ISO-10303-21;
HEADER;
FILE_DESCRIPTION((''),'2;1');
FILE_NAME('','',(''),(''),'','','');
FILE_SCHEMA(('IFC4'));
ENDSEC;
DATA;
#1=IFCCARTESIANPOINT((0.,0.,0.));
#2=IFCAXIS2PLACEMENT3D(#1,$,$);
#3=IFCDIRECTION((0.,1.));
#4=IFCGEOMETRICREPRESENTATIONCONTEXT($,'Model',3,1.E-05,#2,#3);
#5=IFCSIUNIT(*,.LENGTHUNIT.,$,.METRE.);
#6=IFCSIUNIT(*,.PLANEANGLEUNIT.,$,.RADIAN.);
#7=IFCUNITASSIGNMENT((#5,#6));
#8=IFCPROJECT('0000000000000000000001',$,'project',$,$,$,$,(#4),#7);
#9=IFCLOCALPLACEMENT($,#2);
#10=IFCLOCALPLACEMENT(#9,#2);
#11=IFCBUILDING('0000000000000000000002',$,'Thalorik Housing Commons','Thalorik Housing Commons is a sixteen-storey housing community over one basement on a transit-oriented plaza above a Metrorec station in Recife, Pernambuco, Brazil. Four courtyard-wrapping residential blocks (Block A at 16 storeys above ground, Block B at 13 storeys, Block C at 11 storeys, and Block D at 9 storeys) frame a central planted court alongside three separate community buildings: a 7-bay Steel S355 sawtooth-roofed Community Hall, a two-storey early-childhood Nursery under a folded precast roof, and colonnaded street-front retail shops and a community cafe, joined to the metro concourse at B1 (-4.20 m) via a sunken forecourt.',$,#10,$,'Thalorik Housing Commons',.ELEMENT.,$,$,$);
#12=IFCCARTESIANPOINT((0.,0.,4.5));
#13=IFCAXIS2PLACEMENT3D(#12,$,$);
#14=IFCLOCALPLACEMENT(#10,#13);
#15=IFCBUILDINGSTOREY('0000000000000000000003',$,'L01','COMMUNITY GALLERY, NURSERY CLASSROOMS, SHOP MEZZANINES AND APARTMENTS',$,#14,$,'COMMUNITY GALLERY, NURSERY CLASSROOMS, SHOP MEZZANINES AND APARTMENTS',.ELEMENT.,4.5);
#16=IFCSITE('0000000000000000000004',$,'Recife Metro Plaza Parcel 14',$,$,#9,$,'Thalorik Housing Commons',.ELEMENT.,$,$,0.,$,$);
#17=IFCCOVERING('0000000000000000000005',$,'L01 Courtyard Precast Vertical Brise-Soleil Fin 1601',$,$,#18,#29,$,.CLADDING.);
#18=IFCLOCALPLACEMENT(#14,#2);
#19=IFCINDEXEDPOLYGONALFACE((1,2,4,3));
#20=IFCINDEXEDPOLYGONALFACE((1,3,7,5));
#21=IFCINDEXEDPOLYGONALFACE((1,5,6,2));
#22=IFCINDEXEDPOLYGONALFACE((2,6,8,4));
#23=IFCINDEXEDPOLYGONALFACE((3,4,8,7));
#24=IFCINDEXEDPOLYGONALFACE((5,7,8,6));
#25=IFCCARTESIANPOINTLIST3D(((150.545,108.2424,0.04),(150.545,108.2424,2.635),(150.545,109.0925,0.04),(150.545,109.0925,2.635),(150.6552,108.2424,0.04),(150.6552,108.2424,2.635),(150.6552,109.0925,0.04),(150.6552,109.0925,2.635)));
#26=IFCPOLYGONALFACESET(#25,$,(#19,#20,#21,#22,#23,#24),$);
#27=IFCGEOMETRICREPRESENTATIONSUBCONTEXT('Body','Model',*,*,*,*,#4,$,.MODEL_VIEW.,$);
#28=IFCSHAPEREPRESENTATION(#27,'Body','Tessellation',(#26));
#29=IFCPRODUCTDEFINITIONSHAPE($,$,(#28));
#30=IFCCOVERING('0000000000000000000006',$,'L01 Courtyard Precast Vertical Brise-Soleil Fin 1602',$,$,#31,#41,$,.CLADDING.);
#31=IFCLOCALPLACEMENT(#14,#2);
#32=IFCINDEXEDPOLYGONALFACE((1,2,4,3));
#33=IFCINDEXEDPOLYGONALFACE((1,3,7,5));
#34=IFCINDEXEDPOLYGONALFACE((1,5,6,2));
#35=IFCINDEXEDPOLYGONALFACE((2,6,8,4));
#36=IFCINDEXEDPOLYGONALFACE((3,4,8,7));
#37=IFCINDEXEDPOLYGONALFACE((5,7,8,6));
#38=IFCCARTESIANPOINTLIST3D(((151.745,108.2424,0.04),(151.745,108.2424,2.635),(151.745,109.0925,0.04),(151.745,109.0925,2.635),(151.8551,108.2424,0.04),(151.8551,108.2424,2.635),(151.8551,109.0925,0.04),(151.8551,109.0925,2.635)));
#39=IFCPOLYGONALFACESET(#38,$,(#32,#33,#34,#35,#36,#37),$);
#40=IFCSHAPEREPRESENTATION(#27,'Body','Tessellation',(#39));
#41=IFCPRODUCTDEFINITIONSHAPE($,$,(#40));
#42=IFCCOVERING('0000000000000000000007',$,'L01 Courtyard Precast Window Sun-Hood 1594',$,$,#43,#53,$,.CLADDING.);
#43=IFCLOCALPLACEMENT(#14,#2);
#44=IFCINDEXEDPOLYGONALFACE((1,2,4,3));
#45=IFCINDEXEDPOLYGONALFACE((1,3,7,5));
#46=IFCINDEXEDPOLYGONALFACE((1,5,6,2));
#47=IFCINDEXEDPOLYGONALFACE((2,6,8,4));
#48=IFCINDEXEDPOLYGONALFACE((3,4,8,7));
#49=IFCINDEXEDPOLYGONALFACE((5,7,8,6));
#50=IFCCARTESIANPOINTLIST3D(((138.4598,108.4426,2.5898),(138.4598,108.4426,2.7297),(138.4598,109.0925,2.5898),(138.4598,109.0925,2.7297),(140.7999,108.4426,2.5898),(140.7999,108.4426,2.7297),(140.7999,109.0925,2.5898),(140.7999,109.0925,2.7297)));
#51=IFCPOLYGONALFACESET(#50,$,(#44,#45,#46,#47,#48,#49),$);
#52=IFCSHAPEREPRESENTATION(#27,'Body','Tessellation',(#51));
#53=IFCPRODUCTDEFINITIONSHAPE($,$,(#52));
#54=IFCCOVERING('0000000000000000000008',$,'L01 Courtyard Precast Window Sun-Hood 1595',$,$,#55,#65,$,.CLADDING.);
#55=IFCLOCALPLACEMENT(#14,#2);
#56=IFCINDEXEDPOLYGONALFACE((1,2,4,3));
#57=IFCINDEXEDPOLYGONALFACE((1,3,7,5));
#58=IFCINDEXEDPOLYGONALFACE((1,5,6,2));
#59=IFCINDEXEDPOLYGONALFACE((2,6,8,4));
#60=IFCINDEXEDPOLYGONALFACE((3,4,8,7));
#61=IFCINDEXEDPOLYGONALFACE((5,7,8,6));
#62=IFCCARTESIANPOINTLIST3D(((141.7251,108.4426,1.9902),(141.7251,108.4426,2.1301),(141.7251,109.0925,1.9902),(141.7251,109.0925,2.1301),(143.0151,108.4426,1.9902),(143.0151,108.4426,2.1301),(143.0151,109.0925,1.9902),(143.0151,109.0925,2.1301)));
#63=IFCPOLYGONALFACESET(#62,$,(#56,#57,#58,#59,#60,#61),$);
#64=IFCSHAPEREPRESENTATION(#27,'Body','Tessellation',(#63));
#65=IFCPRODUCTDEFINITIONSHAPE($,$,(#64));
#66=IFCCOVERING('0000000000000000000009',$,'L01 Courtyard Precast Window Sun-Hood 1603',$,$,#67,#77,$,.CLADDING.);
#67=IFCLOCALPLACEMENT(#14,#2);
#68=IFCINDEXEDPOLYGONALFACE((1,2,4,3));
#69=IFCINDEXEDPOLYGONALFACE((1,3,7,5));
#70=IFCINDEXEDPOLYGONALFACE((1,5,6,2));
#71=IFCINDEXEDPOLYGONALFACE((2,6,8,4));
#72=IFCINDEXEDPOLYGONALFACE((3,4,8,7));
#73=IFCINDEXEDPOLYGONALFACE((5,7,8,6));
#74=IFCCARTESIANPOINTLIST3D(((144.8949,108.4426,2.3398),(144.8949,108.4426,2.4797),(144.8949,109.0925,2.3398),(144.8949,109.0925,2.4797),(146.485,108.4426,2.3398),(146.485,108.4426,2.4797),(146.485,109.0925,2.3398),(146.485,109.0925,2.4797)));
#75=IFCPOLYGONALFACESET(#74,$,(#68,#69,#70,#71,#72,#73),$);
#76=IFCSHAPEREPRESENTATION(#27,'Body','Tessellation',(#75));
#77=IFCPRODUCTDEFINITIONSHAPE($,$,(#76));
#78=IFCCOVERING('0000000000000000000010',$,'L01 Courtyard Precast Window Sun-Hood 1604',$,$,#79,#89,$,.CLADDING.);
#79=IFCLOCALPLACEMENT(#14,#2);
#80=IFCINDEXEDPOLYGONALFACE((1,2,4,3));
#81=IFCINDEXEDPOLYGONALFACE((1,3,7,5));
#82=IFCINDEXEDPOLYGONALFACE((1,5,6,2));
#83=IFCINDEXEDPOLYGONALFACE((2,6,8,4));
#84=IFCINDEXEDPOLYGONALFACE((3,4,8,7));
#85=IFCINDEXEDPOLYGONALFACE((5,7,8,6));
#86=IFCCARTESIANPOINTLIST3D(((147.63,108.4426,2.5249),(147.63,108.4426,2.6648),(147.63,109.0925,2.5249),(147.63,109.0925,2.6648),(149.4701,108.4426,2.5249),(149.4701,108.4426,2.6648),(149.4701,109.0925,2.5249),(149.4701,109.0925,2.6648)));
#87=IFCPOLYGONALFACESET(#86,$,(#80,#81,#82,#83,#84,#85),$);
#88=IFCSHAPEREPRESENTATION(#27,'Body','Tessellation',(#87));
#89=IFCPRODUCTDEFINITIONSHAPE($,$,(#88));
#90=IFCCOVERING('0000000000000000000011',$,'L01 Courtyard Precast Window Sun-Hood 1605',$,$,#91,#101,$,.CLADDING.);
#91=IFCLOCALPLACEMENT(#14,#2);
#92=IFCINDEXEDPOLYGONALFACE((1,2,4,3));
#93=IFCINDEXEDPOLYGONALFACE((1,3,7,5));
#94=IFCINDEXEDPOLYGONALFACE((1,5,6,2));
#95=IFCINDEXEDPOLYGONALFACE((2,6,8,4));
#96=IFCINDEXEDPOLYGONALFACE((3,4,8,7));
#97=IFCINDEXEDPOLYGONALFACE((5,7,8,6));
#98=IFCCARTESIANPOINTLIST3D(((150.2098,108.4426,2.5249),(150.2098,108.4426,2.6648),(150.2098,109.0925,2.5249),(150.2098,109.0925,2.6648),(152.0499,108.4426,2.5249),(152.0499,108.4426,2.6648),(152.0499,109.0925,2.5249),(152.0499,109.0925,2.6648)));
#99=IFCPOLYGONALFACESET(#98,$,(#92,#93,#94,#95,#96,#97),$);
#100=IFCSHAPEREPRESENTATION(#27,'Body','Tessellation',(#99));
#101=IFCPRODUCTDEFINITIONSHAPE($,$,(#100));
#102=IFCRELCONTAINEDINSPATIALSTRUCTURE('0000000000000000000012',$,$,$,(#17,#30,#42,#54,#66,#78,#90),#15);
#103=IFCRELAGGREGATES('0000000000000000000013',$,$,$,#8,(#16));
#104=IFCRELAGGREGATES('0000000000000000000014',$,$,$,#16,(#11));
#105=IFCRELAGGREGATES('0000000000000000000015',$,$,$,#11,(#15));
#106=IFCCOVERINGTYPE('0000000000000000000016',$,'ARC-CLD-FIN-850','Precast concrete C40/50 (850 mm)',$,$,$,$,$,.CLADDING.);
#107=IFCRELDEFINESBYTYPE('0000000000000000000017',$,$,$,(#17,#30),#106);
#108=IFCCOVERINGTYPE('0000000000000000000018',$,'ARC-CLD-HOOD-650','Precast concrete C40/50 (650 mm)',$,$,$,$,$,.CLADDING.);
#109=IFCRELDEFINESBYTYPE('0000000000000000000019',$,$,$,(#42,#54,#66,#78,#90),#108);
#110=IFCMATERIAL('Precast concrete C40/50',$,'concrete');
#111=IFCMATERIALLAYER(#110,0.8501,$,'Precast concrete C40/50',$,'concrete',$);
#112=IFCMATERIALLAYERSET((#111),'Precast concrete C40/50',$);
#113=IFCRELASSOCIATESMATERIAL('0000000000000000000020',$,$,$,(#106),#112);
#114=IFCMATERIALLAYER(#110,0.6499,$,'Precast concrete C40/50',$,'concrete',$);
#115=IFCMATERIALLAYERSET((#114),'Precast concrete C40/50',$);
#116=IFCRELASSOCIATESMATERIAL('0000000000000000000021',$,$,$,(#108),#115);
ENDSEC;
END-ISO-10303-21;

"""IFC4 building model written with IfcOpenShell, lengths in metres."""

from ifc_helpers import new_model, si_unit, direction, frame, origin, origin_2d, place, context, subcontext, project, spatial, rectangle, extrude, material, layer, layer_set, type_object, element, save


model = new_model("IFC4")

# Units and contexts
model_context = context("Model", 3, precision=1e-05, world=origin(), true_north=direction((0.0, 1.0)))
body_context = subcontext(model_context, "Body", "Model", "MODEL_VIEW")
ifc_project = project(units=[si_unit("LENGTHUNIT", "METRE"), si_unit("PLANEANGLEUNIT", "RADIAN")], contexts=[model_context])

# Site, building, storey
site_placement = place(None, origin())
site = spatial("IfcSite", under=ifc_project, at=site_placement, Name="Recife Metro Plaza Parcel 14", LongName="Thalorik Housing Commons", CompositionType="ELEMENT", RefElevation=0.0)
building_placement = place(site_placement, origin())
building = spatial("IfcBuilding", under=site, at=building_placement, Name="Thalorik Housing Commons", Description="Thalorik Housing Commons is a sixteen-storey housing community over one basement on a transit-oriented plaza above a Metrorec station in Recife, Pernambuco, Brazil. Four courtyard-wrapping residential blocks (Block A at 16 storeys above ground, Block B at 13 storeys, Block C at 11 storeys, and Block D at 9 storeys) frame a central planted court alongside three separate community buildings: a 7-bay Steel S355 sawtooth-roofed Community Hall, a two-storey early-childhood Nursery under a folded precast roof, and colonnaded street-front retail shops and a community cafe, joined to the metro concourse at B1 (-4.20 m) via a sunken forecourt.", LongName="Thalorik Housing Commons", CompositionType="ELEMENT")
storey_placement = place(building_placement, frame((0.0, 0.0, 4.5)))
storey = spatial("IfcBuildingStorey", under=building, at=storey_placement, Name="L01", Description="COMMUNITY GALLERY, NURSERY CLASSROOMS, SHOP MEZZANINES AND APARTMENTS", LongName="COMMUNITY GALLERY, NURSERY CLASSROOMS, SHOP MEZZANINES AND APARTMENTS", CompositionType="ELEMENT", Elevation=4.5)

# Shared definitions
ifc_material_1 = material(Name="Precast concrete C40/50", Category="concrete")

# Coverings
ifc_layer_1 = layer(ifc_material_1, 0.8501, Name="Precast concrete C40/50", Category="concrete")
ifc_layer_set_1 = layer_set([ifc_layer_1], Name="Precast concrete C40/50")
covering_type_1 = type_object("IfcCoveringType", Name="ARC-CLD-FIN-850", Description="Precast concrete C40/50 (850 mm)", PredefinedType="CLADDING", material=ifc_layer_set_1)
for number, where, z_axis, x_axis, name in (
    (1, (150.6001, 108.6675, 0.04), (0.0, 0.0, 1.0), (1.0, 0.0, 0.0), "L01 Courtyard Precast Vertical Brise-Soleil Fin 1601"),
    (2, (151.8, 108.6675, 0.04), (0.0, 0.0, 1.0), (1.0, 0.0, 0.0), "L01 Courtyard Precast Vertical Brise-Soleil Fin 1602"),
):
    element("IfcCovering", number, at=place(storey_placement, frame(where, z_axis=z_axis, x_axis=x_axis)), inside=storey, type_object=covering_type_1, Name=name, PredefinedType="CLADDING", context=body_context, shape_type="SweptSolid", body=[
        extrude(rectangle(XDim=0.1101, YDim=0.8501, at=origin_2d()), origin(), (0.0, 0.0, 1.0), 2.595),
    ])
ifc_layer_2 = layer(ifc_material_1, 0.6499, Name="Precast concrete C40/50", Category="concrete")
ifc_layer_set_2 = layer_set([ifc_layer_2], Name="Precast concrete C40/50")
covering_type_2 = type_object("IfcCoveringType", Name="ARC-CLD-HOOD-650", Description="Precast concrete C40/50 (650 mm)", PredefinedType="CLADDING", material=ifc_layer_set_2)
covering_1_placement = place(storey_placement, frame((139.6299, 108.7676, 2.5898), z_axis=(0.0, 0.0, 1.0), x_axis=(1.0, 0.0, 0.0)))
element("IfcCovering", 3, at=covering_1_placement, inside=storey, type_object=covering_type_2, Name="L01 Courtyard Precast Window Sun-Hood 1594", PredefinedType="CLADDING", context=body_context, shape_type="SweptSolid", body=[
    extrude(rectangle(XDim=2.3401, YDim=0.6499, at=origin_2d()), origin(), (0.0, 0.0, 1.0), 0.1399),
])
covering_2_placement = place(storey_placement, frame((142.3701, 108.7676, 1.9902), z_axis=(0.0, 0.0, 1.0), x_axis=(1.0, 0.0, 0.0)))
element("IfcCovering", 4, at=covering_2_placement, inside=storey, type_object=covering_type_2, Name="L01 Courtyard Precast Window Sun-Hood 1595", PredefinedType="CLADDING", context=body_context, shape_type="SweptSolid", body=[
    extrude(rectangle(XDim=1.29, YDim=0.6499, at=origin_2d()), origin(), (0.0, 0.0, 1.0), 0.1399),
])
covering_3_placement = place(storey_placement, frame((145.6899, 108.7676, 2.3398), z_axis=(0.0, 0.0, 1.0), x_axis=(1.0, 0.0, 0.0)))
element("IfcCovering", 5, at=covering_3_placement, inside=storey, type_object=covering_type_2, Name="L01 Courtyard Precast Window Sun-Hood 1603", PredefinedType="CLADDING", context=body_context, shape_type="SweptSolid", body=[
    extrude(rectangle(XDim=1.5901, YDim=0.6499, at=origin_2d()), origin(), (0.0, 0.0, 1.0), 0.1399),
])
for number, where, z_axis, x_axis, name in (
    (6, (148.55, 108.7676, 2.5249), (0.0, 0.0, 1.0), (1.0, 0.0, 0.0), "L01 Courtyard Precast Window Sun-Hood 1604"),
    (7, (151.1299, 108.7676, 2.5249), (0.0, 0.0, 1.0), (1.0, 0.0, 0.0), "L01 Courtyard Precast Window Sun-Hood 1605"),
):
    element("IfcCovering", number, at=place(storey_placement, frame(where, z_axis=z_axis, x_axis=x_axis)), inside=storey, type_object=covering_type_2, Name=name, PredefinedType="CLADDING", context=body_context, shape_type="SweptSolid", body=[
        extrude(rectangle(XDim=1.8401, YDim=0.6499, at=origin_2d()), origin(), (0.0, 0.0, 1.0), 0.1399),
    ])

save(model, "model.ifc")
